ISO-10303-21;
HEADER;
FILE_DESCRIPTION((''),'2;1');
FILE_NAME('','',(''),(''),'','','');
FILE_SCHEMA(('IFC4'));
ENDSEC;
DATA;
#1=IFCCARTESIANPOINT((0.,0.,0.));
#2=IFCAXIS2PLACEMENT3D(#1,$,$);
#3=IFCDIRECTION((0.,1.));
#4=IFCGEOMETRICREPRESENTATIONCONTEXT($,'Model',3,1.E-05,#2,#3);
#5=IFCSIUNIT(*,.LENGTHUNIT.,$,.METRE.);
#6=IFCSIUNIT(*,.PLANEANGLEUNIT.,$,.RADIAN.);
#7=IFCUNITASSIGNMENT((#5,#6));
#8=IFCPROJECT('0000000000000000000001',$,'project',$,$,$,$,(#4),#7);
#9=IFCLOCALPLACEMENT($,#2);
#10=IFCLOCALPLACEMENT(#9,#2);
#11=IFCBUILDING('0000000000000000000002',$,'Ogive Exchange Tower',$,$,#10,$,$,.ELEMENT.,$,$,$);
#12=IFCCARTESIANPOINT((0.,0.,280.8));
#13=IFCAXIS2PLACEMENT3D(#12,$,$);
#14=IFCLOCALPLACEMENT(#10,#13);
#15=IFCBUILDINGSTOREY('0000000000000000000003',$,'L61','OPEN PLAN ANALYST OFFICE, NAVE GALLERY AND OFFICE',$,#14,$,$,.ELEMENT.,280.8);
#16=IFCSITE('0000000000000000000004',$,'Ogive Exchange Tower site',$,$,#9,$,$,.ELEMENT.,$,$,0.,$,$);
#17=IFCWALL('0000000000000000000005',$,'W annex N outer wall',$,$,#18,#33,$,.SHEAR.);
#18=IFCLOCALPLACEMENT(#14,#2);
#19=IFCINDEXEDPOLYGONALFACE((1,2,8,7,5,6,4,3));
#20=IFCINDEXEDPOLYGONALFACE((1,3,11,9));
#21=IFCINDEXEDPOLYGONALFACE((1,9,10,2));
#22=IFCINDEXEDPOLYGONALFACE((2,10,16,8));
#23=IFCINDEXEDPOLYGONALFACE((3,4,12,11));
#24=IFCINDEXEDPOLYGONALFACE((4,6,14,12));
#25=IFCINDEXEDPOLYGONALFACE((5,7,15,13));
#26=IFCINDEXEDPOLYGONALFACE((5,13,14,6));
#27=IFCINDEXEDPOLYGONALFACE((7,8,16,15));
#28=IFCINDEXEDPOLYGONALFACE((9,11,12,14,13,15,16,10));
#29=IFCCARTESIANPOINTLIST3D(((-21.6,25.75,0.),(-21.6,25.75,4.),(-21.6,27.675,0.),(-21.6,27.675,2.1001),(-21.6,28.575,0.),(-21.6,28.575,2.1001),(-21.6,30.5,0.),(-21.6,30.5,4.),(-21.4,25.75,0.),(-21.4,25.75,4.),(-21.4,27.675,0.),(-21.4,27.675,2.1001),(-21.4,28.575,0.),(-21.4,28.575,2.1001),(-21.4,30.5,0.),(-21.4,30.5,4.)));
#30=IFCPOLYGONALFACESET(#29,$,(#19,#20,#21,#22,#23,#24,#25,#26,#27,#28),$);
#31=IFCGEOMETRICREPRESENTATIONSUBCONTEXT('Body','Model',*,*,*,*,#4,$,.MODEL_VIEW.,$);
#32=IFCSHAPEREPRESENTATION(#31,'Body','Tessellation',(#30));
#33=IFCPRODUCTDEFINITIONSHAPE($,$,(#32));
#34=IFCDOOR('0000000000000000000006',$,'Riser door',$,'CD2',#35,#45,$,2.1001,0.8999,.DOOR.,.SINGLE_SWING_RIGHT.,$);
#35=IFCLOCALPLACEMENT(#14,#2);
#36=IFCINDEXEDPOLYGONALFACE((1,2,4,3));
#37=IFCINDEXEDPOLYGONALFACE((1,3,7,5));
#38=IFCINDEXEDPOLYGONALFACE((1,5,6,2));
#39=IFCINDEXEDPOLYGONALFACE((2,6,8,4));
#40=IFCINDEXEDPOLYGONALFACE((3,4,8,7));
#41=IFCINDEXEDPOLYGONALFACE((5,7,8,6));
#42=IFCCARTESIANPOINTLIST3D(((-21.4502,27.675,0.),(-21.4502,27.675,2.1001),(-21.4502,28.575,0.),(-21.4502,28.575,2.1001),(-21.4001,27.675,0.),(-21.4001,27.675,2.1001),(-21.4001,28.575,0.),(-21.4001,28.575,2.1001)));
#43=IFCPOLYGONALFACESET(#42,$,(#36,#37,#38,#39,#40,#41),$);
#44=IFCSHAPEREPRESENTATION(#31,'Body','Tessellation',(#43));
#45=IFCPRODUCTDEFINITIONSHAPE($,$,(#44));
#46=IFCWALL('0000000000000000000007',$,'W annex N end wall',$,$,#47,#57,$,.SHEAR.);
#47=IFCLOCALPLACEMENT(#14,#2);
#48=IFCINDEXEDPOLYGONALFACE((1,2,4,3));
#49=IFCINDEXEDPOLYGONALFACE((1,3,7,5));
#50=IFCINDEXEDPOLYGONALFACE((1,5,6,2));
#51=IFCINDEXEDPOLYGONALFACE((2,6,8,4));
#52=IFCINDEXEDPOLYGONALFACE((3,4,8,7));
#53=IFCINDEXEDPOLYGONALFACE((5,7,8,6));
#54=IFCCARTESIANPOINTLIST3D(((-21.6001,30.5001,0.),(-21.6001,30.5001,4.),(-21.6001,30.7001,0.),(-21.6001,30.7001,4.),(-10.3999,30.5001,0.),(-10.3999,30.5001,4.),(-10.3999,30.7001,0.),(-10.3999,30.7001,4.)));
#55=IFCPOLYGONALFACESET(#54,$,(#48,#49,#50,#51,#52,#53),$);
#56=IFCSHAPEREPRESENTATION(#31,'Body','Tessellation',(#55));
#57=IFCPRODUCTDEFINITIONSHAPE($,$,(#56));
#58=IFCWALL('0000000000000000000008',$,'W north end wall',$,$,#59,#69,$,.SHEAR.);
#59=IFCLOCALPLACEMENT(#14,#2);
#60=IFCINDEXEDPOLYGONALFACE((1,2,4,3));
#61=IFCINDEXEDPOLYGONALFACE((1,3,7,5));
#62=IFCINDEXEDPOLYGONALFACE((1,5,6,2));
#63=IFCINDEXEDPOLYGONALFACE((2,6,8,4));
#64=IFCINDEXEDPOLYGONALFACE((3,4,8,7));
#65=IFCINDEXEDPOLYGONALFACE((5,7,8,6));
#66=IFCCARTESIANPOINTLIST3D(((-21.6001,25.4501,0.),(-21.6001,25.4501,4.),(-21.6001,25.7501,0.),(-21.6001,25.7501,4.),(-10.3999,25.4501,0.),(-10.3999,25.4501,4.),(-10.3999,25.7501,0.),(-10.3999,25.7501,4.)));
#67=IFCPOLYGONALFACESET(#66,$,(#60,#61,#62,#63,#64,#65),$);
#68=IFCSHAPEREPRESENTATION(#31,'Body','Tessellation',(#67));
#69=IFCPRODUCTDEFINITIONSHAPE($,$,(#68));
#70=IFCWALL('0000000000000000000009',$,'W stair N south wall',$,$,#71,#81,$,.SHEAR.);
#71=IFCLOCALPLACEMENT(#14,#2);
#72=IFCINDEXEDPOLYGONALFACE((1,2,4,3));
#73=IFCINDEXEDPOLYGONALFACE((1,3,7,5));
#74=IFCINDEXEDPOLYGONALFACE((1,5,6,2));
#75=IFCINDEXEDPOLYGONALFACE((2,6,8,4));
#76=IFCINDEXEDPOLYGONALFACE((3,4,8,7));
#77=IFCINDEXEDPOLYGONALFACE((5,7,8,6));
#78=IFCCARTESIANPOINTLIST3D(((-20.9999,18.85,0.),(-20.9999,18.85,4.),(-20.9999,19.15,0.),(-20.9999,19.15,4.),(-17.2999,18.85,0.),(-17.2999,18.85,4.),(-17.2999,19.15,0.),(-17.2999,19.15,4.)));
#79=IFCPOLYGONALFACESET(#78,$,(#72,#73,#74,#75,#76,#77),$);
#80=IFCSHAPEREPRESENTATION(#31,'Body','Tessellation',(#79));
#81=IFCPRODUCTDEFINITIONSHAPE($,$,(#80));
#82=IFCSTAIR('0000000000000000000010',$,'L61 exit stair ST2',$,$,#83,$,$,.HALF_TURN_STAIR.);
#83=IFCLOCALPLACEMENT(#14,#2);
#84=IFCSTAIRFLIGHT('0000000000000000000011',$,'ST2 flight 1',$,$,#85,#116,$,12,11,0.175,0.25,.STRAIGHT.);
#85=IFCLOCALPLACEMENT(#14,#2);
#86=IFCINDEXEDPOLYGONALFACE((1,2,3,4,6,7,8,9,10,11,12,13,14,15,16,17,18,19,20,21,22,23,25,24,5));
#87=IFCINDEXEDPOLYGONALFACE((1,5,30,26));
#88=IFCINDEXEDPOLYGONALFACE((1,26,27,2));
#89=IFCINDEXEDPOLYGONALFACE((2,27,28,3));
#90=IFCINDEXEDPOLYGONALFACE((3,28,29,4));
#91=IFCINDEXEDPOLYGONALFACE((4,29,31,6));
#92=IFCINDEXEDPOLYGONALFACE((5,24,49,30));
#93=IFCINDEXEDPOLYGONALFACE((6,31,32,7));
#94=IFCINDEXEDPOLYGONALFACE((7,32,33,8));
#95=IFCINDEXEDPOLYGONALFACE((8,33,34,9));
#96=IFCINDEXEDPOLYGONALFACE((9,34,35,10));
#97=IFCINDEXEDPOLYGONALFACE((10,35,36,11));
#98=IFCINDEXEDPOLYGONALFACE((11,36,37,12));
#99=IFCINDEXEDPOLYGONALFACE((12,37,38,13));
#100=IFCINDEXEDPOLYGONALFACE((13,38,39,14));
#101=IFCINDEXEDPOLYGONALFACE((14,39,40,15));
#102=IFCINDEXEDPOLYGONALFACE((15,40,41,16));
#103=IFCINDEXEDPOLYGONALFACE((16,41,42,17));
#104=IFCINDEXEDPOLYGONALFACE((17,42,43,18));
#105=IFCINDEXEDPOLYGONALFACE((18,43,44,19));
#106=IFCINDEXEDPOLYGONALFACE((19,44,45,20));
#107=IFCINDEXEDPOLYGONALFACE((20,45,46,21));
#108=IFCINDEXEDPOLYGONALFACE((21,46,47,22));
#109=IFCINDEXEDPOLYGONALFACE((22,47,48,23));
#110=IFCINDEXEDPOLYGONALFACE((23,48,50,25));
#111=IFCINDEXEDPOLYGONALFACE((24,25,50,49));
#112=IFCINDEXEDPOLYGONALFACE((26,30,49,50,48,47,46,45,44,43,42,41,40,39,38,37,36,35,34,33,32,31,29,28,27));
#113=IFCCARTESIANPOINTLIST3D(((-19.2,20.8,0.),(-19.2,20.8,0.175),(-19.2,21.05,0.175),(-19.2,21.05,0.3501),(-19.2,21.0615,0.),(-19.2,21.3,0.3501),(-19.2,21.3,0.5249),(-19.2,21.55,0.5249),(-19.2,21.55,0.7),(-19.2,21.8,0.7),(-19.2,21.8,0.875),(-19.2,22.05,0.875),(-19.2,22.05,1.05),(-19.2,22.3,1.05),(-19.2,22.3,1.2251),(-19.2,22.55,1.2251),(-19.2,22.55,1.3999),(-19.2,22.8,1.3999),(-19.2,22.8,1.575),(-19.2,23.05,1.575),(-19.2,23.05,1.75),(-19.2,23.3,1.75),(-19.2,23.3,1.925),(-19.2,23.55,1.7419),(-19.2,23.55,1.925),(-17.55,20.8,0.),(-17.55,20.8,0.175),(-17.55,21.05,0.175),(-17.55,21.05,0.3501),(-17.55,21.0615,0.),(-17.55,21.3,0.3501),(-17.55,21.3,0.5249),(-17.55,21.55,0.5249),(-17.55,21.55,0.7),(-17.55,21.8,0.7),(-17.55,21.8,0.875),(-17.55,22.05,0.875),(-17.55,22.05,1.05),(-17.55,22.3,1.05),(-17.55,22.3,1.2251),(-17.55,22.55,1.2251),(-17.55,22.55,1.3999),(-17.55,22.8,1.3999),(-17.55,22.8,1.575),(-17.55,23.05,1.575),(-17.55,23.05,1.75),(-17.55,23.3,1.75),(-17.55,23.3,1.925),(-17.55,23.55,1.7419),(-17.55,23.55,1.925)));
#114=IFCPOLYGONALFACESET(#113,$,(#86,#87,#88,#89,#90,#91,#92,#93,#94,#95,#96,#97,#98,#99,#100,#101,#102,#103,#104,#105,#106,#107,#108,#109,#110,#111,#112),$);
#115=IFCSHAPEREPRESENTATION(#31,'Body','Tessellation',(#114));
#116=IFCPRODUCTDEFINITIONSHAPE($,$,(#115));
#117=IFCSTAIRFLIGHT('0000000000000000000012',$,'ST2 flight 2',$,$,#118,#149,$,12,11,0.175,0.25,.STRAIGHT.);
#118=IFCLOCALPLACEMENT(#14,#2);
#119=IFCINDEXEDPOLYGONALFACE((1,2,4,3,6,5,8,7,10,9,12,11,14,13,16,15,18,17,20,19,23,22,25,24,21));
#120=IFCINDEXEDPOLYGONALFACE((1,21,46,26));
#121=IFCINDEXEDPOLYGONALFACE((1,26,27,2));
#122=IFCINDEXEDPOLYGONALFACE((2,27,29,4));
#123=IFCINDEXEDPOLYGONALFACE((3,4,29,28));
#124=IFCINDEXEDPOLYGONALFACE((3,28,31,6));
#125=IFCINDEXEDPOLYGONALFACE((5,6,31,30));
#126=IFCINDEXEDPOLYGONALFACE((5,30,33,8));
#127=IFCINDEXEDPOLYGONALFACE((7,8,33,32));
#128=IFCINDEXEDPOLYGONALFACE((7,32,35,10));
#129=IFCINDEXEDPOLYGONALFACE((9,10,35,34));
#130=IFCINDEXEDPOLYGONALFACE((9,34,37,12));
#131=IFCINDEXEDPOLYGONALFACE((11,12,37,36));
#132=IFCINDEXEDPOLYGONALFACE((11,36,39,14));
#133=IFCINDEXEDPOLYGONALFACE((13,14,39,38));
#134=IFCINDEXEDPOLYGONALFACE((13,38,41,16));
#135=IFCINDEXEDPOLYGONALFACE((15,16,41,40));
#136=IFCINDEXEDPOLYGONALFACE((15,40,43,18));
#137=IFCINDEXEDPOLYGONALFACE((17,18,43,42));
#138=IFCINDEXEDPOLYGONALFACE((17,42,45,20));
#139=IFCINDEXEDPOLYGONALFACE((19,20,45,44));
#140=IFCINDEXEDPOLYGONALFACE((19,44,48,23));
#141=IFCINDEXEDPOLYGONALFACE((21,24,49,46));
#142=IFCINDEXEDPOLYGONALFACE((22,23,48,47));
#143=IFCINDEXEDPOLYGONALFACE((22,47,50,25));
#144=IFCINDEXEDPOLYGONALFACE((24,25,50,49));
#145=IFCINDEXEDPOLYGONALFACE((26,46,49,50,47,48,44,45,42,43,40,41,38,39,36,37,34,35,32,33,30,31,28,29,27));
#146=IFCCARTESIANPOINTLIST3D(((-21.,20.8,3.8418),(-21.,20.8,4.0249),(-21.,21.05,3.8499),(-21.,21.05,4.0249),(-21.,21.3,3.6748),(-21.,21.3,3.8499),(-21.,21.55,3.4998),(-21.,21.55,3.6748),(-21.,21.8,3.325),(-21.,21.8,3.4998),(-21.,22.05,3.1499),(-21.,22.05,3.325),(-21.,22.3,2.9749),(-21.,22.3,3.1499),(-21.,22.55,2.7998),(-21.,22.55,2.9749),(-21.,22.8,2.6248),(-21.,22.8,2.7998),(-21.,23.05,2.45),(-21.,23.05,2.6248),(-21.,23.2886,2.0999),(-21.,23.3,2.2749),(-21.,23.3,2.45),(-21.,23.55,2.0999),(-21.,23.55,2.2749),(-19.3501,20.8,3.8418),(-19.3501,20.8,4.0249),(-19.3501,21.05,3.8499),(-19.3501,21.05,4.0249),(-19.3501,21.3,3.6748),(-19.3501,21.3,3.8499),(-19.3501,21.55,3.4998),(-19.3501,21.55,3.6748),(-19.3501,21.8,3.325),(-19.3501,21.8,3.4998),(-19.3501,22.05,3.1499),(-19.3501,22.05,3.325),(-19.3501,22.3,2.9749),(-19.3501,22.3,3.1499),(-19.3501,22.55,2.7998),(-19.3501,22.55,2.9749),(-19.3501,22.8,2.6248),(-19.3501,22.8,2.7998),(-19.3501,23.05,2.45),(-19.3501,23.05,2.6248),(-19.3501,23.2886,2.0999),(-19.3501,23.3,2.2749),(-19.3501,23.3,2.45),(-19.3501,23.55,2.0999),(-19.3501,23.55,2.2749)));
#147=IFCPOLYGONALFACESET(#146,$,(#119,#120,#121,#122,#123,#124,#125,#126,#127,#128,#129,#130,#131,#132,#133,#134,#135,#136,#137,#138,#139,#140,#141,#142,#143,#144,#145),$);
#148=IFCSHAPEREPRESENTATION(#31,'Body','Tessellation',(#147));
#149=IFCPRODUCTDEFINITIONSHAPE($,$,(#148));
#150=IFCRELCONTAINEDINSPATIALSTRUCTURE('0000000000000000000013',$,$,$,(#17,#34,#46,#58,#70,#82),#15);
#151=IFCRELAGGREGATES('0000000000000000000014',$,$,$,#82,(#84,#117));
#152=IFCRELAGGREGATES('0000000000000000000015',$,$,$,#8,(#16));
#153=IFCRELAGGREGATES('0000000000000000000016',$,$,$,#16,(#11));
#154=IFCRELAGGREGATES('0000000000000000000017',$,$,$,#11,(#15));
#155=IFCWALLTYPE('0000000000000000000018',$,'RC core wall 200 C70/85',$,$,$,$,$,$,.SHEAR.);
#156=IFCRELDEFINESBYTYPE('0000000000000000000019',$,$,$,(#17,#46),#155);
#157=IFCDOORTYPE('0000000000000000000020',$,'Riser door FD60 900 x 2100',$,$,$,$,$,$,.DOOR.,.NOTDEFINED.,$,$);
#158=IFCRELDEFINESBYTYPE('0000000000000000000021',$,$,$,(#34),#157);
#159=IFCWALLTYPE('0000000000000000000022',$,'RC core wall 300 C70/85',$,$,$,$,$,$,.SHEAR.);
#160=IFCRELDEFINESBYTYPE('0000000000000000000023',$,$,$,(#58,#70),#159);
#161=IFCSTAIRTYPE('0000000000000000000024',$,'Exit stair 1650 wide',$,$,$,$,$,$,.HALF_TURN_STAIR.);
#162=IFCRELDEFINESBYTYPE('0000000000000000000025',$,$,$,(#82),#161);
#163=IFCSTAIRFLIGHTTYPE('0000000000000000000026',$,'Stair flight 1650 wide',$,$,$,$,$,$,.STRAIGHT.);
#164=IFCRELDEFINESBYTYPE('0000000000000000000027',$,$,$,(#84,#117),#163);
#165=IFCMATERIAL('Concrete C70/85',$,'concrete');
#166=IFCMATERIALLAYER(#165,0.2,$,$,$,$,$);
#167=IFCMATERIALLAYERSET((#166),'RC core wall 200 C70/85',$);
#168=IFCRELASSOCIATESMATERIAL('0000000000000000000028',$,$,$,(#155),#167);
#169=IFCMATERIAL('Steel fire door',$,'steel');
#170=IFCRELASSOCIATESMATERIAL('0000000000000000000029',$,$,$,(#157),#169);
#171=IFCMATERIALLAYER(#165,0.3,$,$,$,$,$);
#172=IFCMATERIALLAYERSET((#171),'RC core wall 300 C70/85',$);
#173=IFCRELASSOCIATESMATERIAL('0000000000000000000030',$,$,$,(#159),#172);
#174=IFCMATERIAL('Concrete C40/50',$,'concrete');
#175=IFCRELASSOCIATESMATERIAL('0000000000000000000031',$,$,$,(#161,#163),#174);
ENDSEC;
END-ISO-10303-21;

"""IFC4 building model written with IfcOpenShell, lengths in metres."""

from ifc_helpers import new_model, si_unit, direction, frame, frame_2d, origin, place, context, subcontext, project, spatial, polyline, rectangle, outline, extrude, material, layer, layer_set, type_object, element, fill, aggregate, save


model = new_model("IFC4")

# Units and contexts
model_context = context("Model", 3, precision=1e-05, world=origin(), true_north=direction((0.0, 1.0)))
body_context = subcontext(model_context, "Body", "Model", "MODEL_VIEW")
ifc_project = project(units=[si_unit("LENGTHUNIT", "METRE"), si_unit("PLANEANGLEUNIT", "RADIAN")], contexts=[model_context])

# Site, building, storey
site_placement = place(None, origin())
site = spatial("IfcSite", under=ifc_project, at=site_placement, Name="Ogive Exchange Tower site", CompositionType="ELEMENT", RefElevation=0.0)
building_placement = place(site_placement, origin())
building = spatial("IfcBuilding", under=site, at=building_placement, Name="Ogive Exchange Tower", CompositionType="ELEMENT")
storey_placement = place(building_placement, frame((0.0, 0.0, 280.8)))
storey = spatial("IfcBuildingStorey", under=building, at=storey_placement, Name="L61", Description="OPEN PLAN ANALYST OFFICE, NAVE GALLERY AND OFFICE", CompositionType="ELEMENT", Elevation=280.8)

# Wall, opening, door
ifc_material_1 = material(Name="Concrete C70/85", Category="concrete")
ifc_layer_1 = layer(ifc_material_1, 0.2)
ifc_layer_set_1 = layer_set([ifc_layer_1], Name="RC core wall 200 C70/85")
wall_type_1 = type_object("IfcWallType", Name="RC core wall 200 C70/85", PredefinedType="SHEAR", material=ifc_layer_set_1)
wall_1_placement = place(storey_placement, frame((-21.5, 25.75, 0.0), z_axis=(0.0, 0.0, 1.0), x_axis=(0.0, 1.0, 0.0)))
wall_1 = element("IfcWall", 1, at=wall_1_placement, inside=storey, type_object=wall_type_1, Name="W annex N outer wall", PredefinedType="SHEAR", context=body_context, shape_type="SweptSolid", body=[
    extrude(rectangle(XDim=4.75, YDim=0.2, at=frame_2d((2.375, 0.0))), origin(), (0.0, 0.0, 1.0), 4.0),
])
opening_placement = place(wall_1_placement, frame((1.925, 0.0, 0.0)))
opening = element("IfcOpeningElement", 2, at=opening_placement, cuts=wall_1, PredefinedType="OPENING", context=body_context, shape_type="SweptSolid", body=[
    extrude(rectangle(XDim=0.8999, YDim=2.1001, at=frame_2d((0.45, 1.05))), frame((0.0, 0.1099, 0.0), z_axis=(0.0, -1.0, 0.0), x_axis=(1.0, 0.0, 0.0)), (0.0, 0.0, 1.0), 0.22),
])
ifc_material_2 = material(Name="Steel fire door", Category="steel")
door_type = type_object("IfcDoorType", Name="Riser door FD60 900 x 2100", OperationType="NOTDEFINED", PredefinedType="DOOR", material=ifc_material_2)
door_placement = place(opening_placement, origin())
door = element("IfcDoor", 3, at=door_placement, inside=storey, type_object=door_type, Name="Riser door", ObjectType="CD2", OperationType="SINGLE_SWING_RIGHT", OverallHeight=2.1001, OverallWidth=0.8999, PredefinedType="DOOR", context=body_context, shape_type="SweptSolid", body=[
    extrude(rectangle(XDim=0.8999, YDim=2.1001, at=frame_2d((0.45, 1.05))), frame((0.0, -0.0498, 0.0), z_axis=(0.0, -1.0, 0.0), x_axis=(1.0, 0.0, 0.0)), (0.0, 0.0, 1.0), 0.05),
])
fill(opening, door)

# Walls
wall_2_placement = place(storey_placement, frame((-21.6001, 30.6001, 0.0), z_axis=(0.0, 0.0, 1.0), x_axis=(1.0, 0.0, 0.0)))
element("IfcWall", 4, at=wall_2_placement, inside=storey, type_object=wall_type_1, Name="W annex N end wall", PredefinedType="SHEAR", context=body_context, shape_type="SweptSolid", body=[
    extrude(rectangle(XDim=11.2002, YDim=0.2, at=frame_2d((5.6001, 0.0))), origin(), (0.0, 0.0, 1.0), 4.0),
])
ifc_layer_2 = layer(ifc_material_1, 0.3)
ifc_layer_set_2 = layer_set([ifc_layer_2], Name="RC core wall 300 C70/85")
wall_type_2 = type_object("IfcWallType", Name="RC core wall 300 C70/85", PredefinedType="SHEAR", material=ifc_layer_set_2)
wall_3_placement = place(storey_placement, frame((-21.6001, 25.6001, 0.0), z_axis=(0.0, 0.0, 1.0), x_axis=(1.0, 0.0, 0.0)))
element("IfcWall", 5, at=wall_3_placement, inside=storey, type_object=wall_type_2, Name="W north end wall", PredefinedType="SHEAR", context=body_context, shape_type="SweptSolid", body=[
    extrude(rectangle(XDim=11.2002, YDim=0.3, at=frame_2d((5.6001, 0.0))), origin(), (0.0, 0.0, 1.0), 4.0),
])
wall_4_placement = place(storey_placement, frame((-21.0, 19.0, 0.0), z_axis=(0.0, 0.0, 1.0), x_axis=(1.0, 0.0, 0.0)))
element("IfcWall", 6, at=wall_4_placement, inside=storey, type_object=wall_type_2, Name="W stair N south wall", PredefinedType="SHEAR", context=body_context, shape_type="SweptSolid", body=[
    extrude(rectangle(XDim=3.7, YDim=0.3, at=frame_2d((1.8501, 0.0))), origin(), (0.0, 0.0, 1.0), 4.0),
])

# Stair, stair flights
ifc_material_3 = material(Name="Concrete C40/50", Category="concrete")
stair_type = type_object("IfcStairType", Name="Exit stair 1650 wide", PredefinedType="HALF_TURN_STAIR", material=ifc_material_3)
stair_placement = place(storey_placement, origin())
stair = element("IfcStair", 7, at=stair_placement, inside=storey, type_object=stair_type, Name="L61 exit stair ST2", PredefinedType="HALF_TURN_STAIR")
stair_flight_type = type_object("IfcStairFlightType", Name="Stair flight 1650 wide", PredefinedType="STRAIGHT", material=ifc_material_3)
stair_flight_1_placement = place(storey_placement, frame((-18.375, 20.8, 0.0), z_axis=(0.0, 0.0, 1.0), x_axis=(0.0, 1.0, 0.0)))
stair_flight_1 = element("IfcStairFlight", 8, at=stair_flight_1_placement, type_object=stair_flight_type, Name="ST2 flight 1", NumberOfRisers=12, NumberOfTreads=11, PredefinedType="STRAIGHT", RiserHeight=0.175, TreadLength=0.25, context=body_context, shape_type="SweptSolid", body=[
    extrude(outline(polyline([(0.0, 0.0), (0.0, 0.175), (0.25, 0.175), (0.25, 0.3501), (0.5, 0.3501), (0.5, 0.5249), (0.75, 0.5249), (0.75, 0.7), (1.0, 0.7), (1.0, 0.875), (1.25, 0.875), (1.25, 1.05), (1.5, 1.05), (1.5, 1.2251), (1.75, 1.2251), (1.75, 1.3999), (2.0, 1.3999), (2.0, 1.575), (2.25, 1.575), (2.25, 1.75), (2.5, 1.75), (2.5, 1.925), (2.75, 1.925), (2.75, 2.1001), (2.75, 1.7419), (0.2615, 0.0), (0.0, 0.0)])), frame((0.0, 0.825, 0.0), z_axis=(0.0, -1.0, 0.0), x_axis=(1.0, 0.0, 0.0)), (0.0, 0.0, 1.0), 1.6499),
])
stair_flight_2_placement = place(storey_placement, frame((-20.175, 23.55, 2.0999), z_axis=(0.0, 0.0, 1.0), x_axis=(0.0, -1.0, 0.0)))
stair_flight_2 = element("IfcStairFlight", 9, at=stair_flight_2_placement, type_object=stair_flight_type, Name="ST2 flight 2", NumberOfRisers=12, NumberOfTreads=11, PredefinedType="STRAIGHT", RiserHeight=0.175, TreadLength=0.25, context=body_context, shape_type="SweptSolid", body=[
    extrude(outline(polyline([(0.0, 0.0), (0.0, 0.175), (0.25, 0.175), (0.25, 0.3501), (0.5, 0.3501), (0.5, 0.5249), (0.75, 0.5249), (0.75, 0.7), (1.0, 0.7), (1.0, 0.875), (1.25, 0.875), (1.25, 1.05), (1.5, 1.05), (1.5, 1.2251), (1.75, 1.2251), (1.75, 1.3999), (2.0, 1.3999), (2.0, 1.575), (2.25, 1.575), (2.25, 1.75), (2.5, 1.75), (2.5, 1.925), (2.75, 1.925), (2.75, 2.1001), (2.75, 1.7419), (0.2615, 0.0), (0.0, 0.0)])), frame((0.0, 0.825, 0.0), z_axis=(0.0, -1.0, 0.0), x_axis=(1.0, 0.0, 0.0)), (0.0, 0.0, 1.0), 1.6499),
])
aggregate(stair, [stair_flight_1, stair_flight_2])

save(model, "model.ifc")
